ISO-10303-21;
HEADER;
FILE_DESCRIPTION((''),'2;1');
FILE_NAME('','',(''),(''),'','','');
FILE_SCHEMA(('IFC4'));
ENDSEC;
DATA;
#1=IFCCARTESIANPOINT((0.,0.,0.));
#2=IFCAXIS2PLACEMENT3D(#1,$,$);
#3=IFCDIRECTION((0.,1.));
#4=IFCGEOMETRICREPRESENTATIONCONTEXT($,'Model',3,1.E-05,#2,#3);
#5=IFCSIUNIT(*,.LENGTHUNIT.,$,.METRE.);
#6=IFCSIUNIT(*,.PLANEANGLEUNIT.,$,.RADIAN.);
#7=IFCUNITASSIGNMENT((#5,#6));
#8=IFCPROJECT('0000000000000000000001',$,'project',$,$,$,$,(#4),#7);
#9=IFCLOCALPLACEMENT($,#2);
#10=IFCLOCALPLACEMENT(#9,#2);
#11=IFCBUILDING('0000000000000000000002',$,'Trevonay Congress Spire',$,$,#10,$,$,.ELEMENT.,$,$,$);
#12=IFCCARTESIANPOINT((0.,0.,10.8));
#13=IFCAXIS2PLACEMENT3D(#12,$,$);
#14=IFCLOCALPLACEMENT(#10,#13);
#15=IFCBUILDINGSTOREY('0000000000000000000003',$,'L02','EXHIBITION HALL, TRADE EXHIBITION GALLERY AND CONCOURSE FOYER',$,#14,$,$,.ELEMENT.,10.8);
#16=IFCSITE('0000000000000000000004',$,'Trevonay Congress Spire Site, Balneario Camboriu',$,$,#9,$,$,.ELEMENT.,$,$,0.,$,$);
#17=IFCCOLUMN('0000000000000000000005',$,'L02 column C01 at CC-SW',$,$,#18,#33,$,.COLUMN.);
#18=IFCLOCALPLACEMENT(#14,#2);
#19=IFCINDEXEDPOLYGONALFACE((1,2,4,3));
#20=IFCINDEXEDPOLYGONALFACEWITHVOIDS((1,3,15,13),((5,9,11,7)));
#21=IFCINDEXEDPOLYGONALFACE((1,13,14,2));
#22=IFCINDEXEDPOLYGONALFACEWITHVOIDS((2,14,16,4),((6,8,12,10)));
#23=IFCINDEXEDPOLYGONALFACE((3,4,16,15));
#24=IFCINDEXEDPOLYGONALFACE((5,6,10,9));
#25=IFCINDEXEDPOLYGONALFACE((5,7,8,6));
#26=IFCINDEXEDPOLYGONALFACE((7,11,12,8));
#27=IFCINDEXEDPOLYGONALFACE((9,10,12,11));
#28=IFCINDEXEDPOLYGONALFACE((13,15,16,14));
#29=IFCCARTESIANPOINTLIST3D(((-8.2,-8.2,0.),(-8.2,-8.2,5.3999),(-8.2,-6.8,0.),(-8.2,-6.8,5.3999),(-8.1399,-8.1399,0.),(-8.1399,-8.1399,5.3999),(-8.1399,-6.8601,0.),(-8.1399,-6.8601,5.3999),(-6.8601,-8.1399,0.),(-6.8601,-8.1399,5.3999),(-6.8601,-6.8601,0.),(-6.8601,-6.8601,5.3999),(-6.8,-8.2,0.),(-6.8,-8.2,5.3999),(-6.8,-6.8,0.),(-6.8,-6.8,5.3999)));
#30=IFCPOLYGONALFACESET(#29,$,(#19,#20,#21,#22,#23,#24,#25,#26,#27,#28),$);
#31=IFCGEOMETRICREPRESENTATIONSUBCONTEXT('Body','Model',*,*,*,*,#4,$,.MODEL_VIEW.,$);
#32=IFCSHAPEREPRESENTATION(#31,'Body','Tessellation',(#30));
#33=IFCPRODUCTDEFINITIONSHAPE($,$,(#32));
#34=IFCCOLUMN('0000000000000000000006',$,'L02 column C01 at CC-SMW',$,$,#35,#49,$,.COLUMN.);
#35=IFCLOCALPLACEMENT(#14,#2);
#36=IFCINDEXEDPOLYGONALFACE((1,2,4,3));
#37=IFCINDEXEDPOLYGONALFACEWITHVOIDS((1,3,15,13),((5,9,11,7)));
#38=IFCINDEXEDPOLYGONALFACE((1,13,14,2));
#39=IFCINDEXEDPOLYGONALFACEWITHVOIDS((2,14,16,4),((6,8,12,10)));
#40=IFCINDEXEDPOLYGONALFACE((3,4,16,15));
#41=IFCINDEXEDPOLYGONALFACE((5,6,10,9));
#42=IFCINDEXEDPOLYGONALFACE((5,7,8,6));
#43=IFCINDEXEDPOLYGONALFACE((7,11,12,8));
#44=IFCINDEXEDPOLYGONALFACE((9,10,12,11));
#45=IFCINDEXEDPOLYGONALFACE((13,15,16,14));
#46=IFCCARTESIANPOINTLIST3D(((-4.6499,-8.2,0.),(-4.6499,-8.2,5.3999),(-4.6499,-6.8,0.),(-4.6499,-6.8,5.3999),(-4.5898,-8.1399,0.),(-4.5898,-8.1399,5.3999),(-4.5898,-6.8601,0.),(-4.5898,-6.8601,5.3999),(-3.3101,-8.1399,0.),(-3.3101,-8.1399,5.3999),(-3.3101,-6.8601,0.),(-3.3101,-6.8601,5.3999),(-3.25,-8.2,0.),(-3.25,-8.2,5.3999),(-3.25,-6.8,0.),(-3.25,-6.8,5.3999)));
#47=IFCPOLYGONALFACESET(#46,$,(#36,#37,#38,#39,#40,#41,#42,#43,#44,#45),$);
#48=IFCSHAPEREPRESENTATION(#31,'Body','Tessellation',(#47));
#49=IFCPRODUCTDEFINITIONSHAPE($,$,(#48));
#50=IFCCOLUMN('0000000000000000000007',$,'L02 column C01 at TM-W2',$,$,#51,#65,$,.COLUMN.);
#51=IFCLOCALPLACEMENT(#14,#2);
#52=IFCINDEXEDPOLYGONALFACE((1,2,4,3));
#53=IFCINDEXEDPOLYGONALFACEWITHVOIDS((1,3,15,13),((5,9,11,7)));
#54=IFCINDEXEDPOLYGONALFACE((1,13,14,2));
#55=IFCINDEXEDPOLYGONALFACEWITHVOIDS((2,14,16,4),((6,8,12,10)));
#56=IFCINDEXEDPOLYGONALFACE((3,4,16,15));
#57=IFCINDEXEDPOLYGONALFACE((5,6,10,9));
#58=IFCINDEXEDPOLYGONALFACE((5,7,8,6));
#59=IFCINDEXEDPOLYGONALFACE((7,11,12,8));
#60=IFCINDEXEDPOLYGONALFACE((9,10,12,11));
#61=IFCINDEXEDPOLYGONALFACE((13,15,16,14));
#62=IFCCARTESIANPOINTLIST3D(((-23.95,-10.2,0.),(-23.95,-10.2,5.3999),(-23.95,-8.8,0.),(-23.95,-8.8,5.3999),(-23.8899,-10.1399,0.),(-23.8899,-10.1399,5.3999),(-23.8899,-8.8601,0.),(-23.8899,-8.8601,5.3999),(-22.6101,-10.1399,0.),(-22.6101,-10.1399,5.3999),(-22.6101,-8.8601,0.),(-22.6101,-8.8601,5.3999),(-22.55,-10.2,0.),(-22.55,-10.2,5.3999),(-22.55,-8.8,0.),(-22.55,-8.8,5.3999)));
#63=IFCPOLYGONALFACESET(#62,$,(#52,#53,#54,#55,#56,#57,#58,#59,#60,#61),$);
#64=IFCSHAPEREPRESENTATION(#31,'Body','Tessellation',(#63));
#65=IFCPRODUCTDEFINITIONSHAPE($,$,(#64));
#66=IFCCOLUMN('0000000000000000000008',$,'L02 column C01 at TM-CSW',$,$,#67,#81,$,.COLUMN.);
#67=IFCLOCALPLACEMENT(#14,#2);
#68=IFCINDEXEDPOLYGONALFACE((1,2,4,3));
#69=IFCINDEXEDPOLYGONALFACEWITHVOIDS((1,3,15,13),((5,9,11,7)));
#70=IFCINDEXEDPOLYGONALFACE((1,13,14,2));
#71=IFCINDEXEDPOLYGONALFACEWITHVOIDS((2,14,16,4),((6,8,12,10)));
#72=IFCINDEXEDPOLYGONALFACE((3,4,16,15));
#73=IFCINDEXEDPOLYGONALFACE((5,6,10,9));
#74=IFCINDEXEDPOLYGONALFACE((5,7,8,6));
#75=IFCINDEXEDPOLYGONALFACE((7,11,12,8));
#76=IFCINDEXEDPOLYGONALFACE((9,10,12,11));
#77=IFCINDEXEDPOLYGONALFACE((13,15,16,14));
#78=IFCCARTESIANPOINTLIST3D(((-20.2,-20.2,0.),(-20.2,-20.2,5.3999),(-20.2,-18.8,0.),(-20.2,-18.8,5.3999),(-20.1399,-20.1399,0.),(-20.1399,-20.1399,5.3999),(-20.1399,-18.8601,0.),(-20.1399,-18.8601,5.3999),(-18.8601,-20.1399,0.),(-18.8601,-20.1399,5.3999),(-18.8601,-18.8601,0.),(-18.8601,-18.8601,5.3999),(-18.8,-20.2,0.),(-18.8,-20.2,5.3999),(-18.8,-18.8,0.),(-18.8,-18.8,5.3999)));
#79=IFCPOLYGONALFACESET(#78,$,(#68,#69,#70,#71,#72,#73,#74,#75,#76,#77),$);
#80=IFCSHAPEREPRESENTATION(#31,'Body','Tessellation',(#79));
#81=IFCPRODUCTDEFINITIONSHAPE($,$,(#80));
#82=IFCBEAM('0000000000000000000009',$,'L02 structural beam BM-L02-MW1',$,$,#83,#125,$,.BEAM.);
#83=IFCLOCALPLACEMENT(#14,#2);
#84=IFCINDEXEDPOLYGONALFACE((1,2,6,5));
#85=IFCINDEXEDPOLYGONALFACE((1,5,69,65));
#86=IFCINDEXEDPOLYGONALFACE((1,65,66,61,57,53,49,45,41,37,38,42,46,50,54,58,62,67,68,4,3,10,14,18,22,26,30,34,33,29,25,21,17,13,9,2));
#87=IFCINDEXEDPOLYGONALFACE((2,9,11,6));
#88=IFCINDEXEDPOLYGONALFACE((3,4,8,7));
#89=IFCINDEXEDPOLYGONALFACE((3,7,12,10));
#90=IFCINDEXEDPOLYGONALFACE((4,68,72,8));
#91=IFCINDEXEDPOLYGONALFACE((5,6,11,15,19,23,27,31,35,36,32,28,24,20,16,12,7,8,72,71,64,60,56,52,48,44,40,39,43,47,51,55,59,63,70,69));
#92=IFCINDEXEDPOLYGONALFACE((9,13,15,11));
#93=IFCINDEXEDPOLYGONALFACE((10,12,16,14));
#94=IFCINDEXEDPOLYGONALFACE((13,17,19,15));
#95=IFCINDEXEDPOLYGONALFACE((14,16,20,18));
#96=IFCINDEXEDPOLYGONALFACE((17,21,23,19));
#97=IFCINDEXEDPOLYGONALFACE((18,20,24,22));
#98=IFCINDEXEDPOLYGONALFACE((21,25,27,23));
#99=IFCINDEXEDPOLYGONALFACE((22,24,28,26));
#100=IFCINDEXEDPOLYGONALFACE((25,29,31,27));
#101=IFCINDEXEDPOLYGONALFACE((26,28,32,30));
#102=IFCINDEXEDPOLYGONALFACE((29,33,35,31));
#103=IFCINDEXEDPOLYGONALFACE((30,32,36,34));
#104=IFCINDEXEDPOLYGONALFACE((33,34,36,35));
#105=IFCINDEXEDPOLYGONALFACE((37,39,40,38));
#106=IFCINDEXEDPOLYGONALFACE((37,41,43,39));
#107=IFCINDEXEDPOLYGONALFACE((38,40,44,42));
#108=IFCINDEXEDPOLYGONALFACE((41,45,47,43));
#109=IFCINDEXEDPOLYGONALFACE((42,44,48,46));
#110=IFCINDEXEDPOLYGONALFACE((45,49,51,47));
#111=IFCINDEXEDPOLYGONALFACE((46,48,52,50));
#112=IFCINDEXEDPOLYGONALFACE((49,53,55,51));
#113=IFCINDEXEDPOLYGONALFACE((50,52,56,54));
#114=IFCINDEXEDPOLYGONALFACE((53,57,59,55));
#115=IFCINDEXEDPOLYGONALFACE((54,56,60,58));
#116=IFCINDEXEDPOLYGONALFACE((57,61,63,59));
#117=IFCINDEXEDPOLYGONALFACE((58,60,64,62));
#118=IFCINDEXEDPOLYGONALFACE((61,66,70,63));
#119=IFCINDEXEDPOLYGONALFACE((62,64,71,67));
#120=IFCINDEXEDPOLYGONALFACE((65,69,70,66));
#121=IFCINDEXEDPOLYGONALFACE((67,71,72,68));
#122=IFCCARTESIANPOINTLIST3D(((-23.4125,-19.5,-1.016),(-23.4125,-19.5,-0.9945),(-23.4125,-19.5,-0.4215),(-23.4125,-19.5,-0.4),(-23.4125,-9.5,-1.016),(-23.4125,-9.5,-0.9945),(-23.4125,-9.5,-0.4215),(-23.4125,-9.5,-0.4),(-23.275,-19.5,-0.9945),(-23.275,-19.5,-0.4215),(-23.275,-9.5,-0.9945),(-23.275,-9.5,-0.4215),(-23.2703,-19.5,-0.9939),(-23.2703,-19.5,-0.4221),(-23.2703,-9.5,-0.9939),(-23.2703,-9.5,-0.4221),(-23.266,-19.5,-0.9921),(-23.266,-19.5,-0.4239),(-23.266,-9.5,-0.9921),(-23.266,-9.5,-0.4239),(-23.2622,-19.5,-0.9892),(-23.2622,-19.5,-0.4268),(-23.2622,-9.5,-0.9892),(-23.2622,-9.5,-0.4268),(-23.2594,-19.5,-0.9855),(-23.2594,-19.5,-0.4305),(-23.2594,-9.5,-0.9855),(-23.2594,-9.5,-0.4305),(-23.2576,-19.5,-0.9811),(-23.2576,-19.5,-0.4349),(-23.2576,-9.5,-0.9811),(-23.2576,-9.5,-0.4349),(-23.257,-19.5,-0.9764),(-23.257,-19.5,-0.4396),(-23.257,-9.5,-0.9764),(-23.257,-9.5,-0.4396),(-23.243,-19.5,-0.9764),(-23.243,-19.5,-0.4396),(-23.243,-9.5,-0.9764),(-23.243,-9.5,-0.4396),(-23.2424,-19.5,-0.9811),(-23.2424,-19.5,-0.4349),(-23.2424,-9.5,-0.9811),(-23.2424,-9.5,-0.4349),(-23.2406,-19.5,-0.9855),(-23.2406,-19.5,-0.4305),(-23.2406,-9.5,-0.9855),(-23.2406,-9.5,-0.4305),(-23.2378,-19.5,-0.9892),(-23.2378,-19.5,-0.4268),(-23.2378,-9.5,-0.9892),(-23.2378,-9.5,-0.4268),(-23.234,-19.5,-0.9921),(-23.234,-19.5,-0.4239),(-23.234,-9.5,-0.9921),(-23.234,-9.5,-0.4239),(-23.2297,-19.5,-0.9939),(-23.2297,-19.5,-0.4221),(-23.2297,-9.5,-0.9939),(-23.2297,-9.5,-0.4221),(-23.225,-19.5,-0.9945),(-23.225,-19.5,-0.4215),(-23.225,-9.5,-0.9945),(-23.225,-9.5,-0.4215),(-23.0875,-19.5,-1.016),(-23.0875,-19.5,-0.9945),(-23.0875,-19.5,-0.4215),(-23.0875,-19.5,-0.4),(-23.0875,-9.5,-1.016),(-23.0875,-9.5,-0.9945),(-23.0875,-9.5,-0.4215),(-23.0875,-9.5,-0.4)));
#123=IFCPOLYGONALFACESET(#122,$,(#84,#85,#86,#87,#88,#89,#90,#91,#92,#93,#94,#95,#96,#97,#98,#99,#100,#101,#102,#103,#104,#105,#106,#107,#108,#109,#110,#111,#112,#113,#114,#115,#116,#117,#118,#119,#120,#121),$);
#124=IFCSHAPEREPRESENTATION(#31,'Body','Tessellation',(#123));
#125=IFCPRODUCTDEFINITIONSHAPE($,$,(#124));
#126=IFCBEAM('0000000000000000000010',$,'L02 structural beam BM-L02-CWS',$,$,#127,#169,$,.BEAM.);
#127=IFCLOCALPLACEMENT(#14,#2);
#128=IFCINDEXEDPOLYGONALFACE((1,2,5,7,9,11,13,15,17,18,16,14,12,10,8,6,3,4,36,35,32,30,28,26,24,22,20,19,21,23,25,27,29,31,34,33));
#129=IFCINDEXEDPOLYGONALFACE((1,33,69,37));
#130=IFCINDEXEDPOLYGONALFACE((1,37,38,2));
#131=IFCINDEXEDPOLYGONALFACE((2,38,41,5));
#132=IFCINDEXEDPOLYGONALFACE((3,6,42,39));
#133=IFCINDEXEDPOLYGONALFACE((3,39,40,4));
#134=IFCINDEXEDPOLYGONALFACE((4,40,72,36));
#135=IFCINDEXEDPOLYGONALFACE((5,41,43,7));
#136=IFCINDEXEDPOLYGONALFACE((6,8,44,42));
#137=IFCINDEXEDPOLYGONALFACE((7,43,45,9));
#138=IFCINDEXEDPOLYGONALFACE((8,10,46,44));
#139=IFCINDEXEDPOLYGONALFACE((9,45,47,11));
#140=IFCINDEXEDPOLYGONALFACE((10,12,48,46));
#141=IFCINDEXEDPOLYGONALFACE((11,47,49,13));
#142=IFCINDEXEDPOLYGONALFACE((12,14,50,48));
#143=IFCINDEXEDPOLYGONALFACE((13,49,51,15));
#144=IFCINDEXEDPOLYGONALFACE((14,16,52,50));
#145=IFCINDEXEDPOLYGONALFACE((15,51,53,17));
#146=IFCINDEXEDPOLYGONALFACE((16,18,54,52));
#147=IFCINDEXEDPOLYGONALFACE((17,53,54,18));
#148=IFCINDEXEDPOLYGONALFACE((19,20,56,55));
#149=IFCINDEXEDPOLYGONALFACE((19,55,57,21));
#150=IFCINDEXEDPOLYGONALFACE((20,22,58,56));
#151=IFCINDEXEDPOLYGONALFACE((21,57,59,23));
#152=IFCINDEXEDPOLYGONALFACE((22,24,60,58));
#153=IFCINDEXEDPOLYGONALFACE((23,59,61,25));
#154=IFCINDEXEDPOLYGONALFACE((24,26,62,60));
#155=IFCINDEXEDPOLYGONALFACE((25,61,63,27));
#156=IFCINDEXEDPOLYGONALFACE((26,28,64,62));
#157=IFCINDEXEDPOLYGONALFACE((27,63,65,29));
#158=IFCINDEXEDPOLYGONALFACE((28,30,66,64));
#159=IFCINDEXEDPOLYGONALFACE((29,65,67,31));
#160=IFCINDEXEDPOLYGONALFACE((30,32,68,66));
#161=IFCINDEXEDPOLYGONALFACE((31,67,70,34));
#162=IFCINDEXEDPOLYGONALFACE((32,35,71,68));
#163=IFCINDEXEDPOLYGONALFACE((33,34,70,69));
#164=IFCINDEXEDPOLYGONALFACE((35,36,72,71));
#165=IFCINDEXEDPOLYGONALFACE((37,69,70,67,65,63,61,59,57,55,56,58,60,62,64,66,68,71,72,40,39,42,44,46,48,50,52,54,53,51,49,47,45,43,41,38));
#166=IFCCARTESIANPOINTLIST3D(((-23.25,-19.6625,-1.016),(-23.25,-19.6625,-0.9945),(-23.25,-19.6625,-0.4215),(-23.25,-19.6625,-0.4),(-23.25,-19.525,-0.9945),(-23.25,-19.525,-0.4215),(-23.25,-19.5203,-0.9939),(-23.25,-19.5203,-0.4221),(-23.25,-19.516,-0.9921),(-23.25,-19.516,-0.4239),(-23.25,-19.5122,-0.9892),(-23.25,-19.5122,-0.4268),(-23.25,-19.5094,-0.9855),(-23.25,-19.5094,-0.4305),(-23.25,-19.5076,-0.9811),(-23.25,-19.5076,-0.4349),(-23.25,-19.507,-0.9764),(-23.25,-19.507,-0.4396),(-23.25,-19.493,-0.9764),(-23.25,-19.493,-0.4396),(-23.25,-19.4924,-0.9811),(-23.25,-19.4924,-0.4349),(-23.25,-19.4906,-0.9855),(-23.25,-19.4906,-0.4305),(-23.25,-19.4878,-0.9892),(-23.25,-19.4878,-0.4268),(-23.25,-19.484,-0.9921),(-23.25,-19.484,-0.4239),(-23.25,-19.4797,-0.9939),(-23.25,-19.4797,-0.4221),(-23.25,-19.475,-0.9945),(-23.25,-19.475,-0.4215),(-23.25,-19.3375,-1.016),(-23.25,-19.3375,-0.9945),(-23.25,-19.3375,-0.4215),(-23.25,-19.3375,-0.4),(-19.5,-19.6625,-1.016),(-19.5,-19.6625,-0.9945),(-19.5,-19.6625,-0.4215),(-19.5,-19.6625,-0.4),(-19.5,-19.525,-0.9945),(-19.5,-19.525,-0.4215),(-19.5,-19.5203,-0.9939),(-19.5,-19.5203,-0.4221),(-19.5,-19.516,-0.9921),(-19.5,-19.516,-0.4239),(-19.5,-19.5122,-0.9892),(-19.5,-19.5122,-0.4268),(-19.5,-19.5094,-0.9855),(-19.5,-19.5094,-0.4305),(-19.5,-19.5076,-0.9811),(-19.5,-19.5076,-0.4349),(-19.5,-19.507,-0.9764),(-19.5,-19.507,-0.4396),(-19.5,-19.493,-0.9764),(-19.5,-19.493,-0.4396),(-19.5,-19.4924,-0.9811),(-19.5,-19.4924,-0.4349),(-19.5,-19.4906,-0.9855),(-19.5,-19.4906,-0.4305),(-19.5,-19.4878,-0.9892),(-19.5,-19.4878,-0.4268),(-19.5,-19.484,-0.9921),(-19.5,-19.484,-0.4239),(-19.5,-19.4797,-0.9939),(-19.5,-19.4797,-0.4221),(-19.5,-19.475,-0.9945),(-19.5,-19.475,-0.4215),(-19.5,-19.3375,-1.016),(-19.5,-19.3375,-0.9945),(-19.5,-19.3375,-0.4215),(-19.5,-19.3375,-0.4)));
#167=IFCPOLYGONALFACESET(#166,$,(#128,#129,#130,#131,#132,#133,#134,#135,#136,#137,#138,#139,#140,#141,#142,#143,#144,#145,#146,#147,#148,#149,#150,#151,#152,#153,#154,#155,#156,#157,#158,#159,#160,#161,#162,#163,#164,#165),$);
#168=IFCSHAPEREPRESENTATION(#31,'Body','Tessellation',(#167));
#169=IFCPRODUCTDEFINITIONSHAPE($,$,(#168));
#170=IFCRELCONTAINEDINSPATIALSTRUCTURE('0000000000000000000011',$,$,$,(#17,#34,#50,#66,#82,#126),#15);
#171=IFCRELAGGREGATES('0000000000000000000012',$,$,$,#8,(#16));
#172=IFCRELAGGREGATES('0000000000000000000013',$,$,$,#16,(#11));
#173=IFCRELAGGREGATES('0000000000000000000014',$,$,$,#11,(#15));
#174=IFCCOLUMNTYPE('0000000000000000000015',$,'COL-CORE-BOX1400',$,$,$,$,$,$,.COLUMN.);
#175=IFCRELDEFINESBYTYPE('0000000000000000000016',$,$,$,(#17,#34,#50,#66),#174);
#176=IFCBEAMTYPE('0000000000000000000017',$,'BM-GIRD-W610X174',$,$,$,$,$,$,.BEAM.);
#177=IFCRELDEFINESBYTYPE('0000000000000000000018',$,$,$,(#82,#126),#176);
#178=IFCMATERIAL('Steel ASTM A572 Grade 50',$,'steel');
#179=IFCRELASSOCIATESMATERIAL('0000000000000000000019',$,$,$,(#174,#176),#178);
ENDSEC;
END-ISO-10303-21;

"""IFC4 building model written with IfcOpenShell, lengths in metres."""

from ifc_helpers import new_model, si_unit, direction, frame, origin, origin_2d, place, context, subcontext, project, spatial, hollow_rectangle, i_section, extrude, material, material_profile, profile_set, type_object, element, save


model = new_model("IFC4")

# Units and contexts
model_context = context("Model", 3, precision=1e-05, world=origin(), true_north=direction((0.0, 1.0)))
body_context = subcontext(model_context, "Body", "Model", "MODEL_VIEW")
ifc_project = project(units=[si_unit("LENGTHUNIT", "METRE"), si_unit("PLANEANGLEUNIT", "RADIAN")], contexts=[model_context])

# Site, building, storey
site_placement = place(None, origin())
site = spatial("IfcSite", under=ifc_project, at=site_placement, Name="Trevonay Congress Spire Site, Balneario Camboriu", CompositionType="ELEMENT", RefElevation=0.0)
building_placement = place(site_placement, origin())
building = spatial("IfcBuilding", under=site, at=building_placement, Name="Trevonay Congress Spire", CompositionType="ELEMENT")
storey_placement = place(building_placement, frame((0.0, 0.0, 10.8)))
storey = spatial("IfcBuildingStorey", under=building, at=storey_placement, Name="L02", Description="EXHIBITION HALL, TRADE EXHIBITION GALLERY AND CONCOURSE FOYER", CompositionType="ELEMENT", Elevation=10.8)

# Columns
ifc_material_1 = material(Name="Steel ASTM A572 Grade 50", Category="steel")
ifc_material_profile_1 = material_profile(ifc_material_1, hollow_rectangle(XDim=1.3999, YDim=1.3999, WallThickness=0.0601, at=origin_2d()), Name="BOX 1400x1400x60")
ifc_profile_set_1 = profile_set([ifc_material_profile_1], Name="Steel ASTM A572 Grade 50")
column_type = type_object("IfcColumnType", Name="COL-CORE-BOX1400", PredefinedType="COLUMN", material=ifc_profile_set_1)
for number, where, z_axis, x_axis, name in (
    (1, (-7.5, -7.5, 0.0), (0.0, 0.0, 1.0), (1.0, 0.0, 0.0), "L02 column C01 at CC-SW"),
    (2, (-3.95, -7.5, 0.0), (0.0, 0.0, 1.0), (1.0, 0.0, 0.0), "L02 column C01 at CC-SMW"),
    (3, (-23.25, -9.5, 0.0), (0.0, 0.0, 1.0), (1.0, 0.0, 0.0), "L02 column C01 at TM-W2"),
    (4, (-19.5, -19.5, 0.0), (0.0, 0.0, 1.0), (1.0, 0.0, 0.0), "L02 column C01 at TM-CSW"),
):
    element("IfcColumn", number, at=place(storey_placement, frame(where, z_axis=z_axis, x_axis=x_axis)), inside=storey, type_object=column_type, Name=name, PredefinedType="COLUMN", context=body_context, shape_type="SweptSolid", body=[
        extrude(hollow_rectangle(XDim=1.3999, YDim=1.3999, WallThickness=0.0601, at=origin_2d()), origin(), (0.0, 0.0, 1.0), 5.3999),
    ])

# Beams
ifc_material_profile_2 = material_profile(ifc_material_1, i_section(OverallWidth=0.325, OverallDepth=0.616, WebThickness=0.0139, FlangeThickness=0.0215, FilletRadius=0.0181, at=origin_2d()), Name="W610x174")
ifc_profile_set_2 = profile_set([ifc_material_profile_2], Name="Steel ASTM A572 Grade 50")
beam_type_1 = type_object("IfcBeamType", Name="BM-GIRD-W610X174", PredefinedType="BEAM", material=ifc_profile_set_2)
beam_1_placement = place(storey_placement, frame((-23.25, -19.5, -0.708), z_axis=(0.0, 1.0, 0.0), x_axis=(-1.0, 0.0, 0.0)))
element("IfcBeam", 5, at=beam_1_placement, inside=storey, type_object=beam_type_1, Name="L02 structural beam BM-L02-MW1", PredefinedType="BEAM", context=body_context, shape_type="SweptSolid", body=[
    extrude(i_section(OverallWidth=0.325, OverallDepth=0.616, WebThickness=0.0139, FlangeThickness=0.0215, FilletRadius=0.0181, at=origin_2d()), origin(), (0.0, 0.0, 1.0), 10.0),
])
beam_2_placement = place(storey_placement, frame((-23.25, -19.5, -0.708), z_axis=(1.0, 0.0, 0.0), x_axis=(0.0, 1.0, 0.0)))
element("IfcBeam", 6, at=beam_2_placement, inside=storey, type_object=beam_type_1, Name="L02 structural beam BM-L02-CWS", PredefinedType="BEAM", context=body_context, shape_type="SweptSolid", body=[
    extrude(i_section(OverallWidth=0.325, OverallDepth=0.616, WebThickness=0.0139, FlangeThickness=0.0215, FilletRadius=0.0181, at=origin_2d()), origin(), (0.0, 0.0, 1.0), 3.75),
])

save(model, "model.ifc")
